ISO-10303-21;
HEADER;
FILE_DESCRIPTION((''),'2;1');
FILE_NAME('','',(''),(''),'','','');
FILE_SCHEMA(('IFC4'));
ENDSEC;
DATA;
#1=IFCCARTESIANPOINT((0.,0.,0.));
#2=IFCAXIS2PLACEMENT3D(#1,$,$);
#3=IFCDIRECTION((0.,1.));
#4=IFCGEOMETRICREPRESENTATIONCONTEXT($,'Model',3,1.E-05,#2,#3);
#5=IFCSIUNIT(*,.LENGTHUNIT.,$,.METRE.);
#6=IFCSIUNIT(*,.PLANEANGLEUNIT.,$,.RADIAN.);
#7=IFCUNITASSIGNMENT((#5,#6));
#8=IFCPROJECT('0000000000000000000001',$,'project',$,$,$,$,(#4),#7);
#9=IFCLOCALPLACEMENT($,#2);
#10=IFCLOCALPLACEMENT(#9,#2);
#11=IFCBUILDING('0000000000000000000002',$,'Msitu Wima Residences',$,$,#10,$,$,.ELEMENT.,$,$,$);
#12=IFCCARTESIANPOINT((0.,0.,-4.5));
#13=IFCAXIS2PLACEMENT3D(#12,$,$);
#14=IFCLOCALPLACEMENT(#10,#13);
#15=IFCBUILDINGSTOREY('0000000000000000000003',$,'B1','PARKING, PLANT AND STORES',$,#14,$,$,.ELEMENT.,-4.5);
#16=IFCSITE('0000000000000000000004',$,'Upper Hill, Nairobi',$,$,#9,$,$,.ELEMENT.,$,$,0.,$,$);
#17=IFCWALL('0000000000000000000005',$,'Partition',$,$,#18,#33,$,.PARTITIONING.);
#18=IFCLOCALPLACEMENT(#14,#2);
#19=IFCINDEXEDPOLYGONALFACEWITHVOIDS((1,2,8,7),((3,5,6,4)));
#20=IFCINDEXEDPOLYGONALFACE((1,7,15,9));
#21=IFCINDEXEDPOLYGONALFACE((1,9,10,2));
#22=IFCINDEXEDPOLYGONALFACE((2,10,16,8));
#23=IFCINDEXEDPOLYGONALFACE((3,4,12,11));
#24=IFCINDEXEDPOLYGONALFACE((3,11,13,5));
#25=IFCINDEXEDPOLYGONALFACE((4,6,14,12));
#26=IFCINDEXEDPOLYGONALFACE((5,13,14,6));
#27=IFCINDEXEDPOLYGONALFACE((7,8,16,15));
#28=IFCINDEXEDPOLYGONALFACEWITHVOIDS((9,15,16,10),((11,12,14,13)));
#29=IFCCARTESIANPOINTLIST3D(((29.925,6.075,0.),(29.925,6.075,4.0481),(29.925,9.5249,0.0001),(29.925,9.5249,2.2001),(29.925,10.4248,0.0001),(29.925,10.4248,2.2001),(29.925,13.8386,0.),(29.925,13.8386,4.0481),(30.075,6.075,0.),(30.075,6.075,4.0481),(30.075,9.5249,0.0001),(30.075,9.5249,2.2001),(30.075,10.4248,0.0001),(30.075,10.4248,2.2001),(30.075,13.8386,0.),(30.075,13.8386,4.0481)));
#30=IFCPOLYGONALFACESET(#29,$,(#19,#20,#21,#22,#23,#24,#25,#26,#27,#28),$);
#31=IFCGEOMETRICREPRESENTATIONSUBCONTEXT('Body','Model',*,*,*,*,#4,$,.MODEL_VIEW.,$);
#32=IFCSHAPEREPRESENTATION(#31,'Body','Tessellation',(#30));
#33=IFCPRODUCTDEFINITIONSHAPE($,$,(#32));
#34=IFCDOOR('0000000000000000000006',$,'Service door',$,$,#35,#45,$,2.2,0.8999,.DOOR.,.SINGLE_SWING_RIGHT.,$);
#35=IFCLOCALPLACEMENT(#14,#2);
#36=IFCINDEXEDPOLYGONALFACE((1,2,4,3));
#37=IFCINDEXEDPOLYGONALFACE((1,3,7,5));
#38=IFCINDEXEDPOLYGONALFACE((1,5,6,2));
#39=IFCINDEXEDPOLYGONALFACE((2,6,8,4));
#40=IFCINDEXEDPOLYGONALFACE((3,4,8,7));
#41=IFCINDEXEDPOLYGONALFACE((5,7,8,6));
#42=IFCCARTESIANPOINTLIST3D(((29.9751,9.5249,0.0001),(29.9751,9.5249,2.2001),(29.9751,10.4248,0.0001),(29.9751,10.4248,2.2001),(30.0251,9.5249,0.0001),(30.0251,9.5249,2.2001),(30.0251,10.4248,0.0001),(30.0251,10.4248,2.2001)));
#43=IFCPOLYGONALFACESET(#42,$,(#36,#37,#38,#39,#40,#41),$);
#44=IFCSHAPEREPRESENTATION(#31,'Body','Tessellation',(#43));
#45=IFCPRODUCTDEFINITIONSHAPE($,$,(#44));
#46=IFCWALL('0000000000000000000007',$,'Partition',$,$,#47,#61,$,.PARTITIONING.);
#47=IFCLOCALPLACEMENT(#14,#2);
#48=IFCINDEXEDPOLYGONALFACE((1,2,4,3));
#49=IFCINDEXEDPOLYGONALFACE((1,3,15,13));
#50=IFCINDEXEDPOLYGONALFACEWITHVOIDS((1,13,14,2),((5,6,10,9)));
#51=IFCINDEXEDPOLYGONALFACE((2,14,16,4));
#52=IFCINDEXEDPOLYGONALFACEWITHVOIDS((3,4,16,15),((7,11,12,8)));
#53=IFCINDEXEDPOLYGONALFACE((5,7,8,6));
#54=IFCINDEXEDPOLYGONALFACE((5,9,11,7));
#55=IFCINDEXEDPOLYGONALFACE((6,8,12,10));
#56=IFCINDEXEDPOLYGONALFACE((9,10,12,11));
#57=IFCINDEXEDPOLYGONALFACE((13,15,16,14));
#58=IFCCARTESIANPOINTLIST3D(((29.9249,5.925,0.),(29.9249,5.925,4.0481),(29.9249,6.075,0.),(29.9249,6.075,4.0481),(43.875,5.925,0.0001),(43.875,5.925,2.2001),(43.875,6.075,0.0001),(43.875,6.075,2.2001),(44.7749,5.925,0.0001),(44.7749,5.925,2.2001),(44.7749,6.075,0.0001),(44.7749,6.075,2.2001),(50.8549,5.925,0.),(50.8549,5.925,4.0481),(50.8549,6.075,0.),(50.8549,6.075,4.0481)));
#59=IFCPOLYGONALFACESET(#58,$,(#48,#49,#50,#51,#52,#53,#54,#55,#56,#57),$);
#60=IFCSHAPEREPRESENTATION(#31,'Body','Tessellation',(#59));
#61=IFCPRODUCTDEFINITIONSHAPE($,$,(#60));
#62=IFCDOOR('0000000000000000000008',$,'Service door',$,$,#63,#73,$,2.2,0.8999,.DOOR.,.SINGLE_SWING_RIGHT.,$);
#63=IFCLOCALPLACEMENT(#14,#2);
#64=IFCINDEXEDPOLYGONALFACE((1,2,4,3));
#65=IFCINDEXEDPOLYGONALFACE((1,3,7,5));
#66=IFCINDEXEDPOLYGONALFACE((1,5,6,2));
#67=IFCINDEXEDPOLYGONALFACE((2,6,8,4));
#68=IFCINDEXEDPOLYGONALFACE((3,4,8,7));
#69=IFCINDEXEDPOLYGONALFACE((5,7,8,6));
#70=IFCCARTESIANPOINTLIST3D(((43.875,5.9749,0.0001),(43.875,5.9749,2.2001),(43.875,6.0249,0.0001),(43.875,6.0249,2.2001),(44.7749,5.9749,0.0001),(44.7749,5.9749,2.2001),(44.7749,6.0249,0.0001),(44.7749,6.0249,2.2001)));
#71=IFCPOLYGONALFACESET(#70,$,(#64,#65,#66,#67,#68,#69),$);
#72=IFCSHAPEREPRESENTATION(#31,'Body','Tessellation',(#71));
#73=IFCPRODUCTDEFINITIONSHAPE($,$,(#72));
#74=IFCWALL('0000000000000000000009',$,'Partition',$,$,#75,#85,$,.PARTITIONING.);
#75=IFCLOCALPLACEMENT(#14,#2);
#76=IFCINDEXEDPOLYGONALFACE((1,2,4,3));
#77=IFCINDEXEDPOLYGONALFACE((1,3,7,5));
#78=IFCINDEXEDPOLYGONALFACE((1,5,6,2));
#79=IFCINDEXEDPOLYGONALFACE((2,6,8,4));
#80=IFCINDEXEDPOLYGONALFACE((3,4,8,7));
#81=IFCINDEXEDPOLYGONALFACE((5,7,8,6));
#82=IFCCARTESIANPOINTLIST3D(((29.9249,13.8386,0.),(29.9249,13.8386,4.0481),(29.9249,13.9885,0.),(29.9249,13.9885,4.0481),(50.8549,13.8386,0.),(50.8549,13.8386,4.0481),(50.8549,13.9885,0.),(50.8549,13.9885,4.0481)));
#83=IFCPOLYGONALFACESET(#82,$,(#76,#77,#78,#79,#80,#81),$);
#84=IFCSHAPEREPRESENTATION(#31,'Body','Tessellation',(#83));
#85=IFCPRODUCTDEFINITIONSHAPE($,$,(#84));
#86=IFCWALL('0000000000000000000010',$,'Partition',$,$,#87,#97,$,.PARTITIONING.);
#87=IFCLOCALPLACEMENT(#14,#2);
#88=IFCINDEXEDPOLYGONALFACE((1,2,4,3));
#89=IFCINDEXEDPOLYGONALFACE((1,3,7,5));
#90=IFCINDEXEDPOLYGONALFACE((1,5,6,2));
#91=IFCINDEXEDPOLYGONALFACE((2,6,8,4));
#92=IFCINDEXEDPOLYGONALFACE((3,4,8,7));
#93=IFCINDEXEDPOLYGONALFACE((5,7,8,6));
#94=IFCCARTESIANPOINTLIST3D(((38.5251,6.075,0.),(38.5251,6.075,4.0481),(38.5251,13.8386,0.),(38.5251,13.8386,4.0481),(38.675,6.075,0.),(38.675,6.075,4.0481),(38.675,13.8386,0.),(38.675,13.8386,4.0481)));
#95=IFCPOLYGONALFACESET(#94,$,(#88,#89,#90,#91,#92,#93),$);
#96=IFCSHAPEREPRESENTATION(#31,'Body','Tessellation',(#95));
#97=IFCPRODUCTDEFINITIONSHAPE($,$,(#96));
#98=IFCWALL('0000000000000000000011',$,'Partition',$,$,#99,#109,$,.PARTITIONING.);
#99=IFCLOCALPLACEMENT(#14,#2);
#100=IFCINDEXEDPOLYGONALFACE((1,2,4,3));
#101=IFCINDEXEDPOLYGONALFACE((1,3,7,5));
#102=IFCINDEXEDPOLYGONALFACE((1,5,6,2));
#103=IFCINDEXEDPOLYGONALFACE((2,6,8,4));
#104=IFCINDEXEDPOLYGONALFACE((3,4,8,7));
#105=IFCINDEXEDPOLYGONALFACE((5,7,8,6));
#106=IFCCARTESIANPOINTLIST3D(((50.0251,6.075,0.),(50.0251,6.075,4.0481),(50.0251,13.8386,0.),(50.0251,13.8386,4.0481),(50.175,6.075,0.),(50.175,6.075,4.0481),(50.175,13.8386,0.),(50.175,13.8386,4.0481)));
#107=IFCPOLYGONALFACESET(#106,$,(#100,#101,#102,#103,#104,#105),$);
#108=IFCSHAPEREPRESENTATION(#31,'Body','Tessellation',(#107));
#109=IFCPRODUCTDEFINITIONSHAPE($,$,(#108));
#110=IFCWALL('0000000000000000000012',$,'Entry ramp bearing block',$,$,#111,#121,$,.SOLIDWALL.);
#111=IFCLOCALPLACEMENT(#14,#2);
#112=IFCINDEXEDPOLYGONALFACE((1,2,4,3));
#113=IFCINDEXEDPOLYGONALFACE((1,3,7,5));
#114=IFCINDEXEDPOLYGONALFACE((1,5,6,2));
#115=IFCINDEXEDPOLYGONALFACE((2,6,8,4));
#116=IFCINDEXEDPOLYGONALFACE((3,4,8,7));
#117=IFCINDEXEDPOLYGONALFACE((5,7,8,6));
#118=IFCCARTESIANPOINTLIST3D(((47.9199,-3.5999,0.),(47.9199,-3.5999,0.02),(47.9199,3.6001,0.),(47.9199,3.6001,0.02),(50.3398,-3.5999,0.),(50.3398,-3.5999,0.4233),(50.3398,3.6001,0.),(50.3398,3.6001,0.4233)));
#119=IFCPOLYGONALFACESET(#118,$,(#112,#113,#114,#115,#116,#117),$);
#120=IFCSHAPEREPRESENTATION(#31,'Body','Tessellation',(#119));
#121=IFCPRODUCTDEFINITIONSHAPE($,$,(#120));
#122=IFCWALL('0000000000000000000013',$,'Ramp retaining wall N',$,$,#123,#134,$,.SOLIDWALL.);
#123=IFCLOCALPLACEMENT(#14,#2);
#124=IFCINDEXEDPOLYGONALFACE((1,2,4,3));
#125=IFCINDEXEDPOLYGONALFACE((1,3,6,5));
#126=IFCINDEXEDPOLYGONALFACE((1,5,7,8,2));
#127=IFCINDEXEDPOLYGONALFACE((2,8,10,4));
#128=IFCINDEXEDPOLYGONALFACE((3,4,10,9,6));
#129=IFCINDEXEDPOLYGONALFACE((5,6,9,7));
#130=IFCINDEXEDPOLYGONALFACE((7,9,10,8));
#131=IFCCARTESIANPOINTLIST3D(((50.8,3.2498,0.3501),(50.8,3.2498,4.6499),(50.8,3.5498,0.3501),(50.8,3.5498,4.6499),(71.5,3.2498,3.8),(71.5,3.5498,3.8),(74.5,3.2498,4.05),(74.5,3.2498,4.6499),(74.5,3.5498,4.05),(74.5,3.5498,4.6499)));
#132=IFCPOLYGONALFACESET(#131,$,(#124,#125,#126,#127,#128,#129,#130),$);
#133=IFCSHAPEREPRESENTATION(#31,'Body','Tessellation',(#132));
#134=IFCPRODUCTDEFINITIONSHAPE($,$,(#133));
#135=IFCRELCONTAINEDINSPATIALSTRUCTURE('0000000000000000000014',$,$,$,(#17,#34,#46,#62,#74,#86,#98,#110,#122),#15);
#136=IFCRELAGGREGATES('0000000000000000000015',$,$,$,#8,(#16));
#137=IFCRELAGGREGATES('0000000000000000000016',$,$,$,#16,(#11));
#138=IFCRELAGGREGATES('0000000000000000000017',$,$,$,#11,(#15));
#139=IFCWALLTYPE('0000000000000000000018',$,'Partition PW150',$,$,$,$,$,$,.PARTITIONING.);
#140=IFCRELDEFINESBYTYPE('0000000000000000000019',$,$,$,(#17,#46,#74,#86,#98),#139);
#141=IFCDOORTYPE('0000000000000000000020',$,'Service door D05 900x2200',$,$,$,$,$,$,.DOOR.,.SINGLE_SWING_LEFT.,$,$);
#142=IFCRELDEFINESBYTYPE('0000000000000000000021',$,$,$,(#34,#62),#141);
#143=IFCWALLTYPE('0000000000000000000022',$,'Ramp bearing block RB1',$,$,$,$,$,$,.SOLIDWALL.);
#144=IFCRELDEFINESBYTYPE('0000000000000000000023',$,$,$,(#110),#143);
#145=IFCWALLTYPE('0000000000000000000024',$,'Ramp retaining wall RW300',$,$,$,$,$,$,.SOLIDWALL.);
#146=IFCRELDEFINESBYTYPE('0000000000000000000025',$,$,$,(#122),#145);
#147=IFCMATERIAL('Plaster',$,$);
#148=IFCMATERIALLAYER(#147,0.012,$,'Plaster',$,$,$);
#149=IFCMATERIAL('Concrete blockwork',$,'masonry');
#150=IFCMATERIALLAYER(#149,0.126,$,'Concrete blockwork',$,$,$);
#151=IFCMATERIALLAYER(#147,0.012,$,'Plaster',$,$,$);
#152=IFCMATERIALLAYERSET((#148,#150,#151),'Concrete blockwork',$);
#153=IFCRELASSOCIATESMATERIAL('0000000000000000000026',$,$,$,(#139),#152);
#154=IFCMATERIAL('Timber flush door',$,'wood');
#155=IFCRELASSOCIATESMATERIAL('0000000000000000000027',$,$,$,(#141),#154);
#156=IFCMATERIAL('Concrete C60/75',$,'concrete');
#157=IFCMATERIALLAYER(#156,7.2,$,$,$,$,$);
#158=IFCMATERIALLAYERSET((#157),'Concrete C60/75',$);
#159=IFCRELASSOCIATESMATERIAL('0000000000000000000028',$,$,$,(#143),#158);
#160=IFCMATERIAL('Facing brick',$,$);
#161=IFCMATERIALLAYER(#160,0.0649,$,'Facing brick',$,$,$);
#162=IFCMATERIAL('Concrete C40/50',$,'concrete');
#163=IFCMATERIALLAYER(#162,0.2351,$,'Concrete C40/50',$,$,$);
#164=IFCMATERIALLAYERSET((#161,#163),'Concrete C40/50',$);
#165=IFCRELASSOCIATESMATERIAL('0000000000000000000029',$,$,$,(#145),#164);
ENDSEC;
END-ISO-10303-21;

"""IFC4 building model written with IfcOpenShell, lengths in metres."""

from ifc_helpers import new_model, si_unit, direction, frame, frame_2d, origin, place, context, subcontext, project, spatial, polyline, rectangle, outline, extrude, material, layer, layer_set, type_object, element, fill, save


model = new_model("IFC4")

# Units and contexts
model_context = context("Model", 3, precision=1e-05, world=origin(), true_north=direction((0.0, 1.0)))
body_context = subcontext(model_context, "Body", "Model", "MODEL_VIEW")
ifc_project = project(units=[si_unit("LENGTHUNIT", "METRE"), si_unit("PLANEANGLEUNIT", "RADIAN")], contexts=[model_context])

# Site, building, storey
site_placement = place(None, origin())
site = spatial("IfcSite", under=ifc_project, at=site_placement, Name="Upper Hill, Nairobi", CompositionType="ELEMENT", RefElevation=0.0)
building_placement = place(site_placement, origin())
building = spatial("IfcBuilding", under=site, at=building_placement, Name="Msitu Wima Residences", CompositionType="ELEMENT")
storey_placement = place(building_placement, frame((0.0, 0.0, -4.5)))
storey = spatial("IfcBuildingStorey", under=building, at=storey_placement, Name="B1", Description="PARKING, PLANT AND STORES", CompositionType="ELEMENT", Elevation=-4.5)

# Shared definitions
ifc_material_1 = material(Name="Concrete C40/50", Category="concrete")

# Shared definitions
ifc_material_2 = material(Name="Concrete C60/75", Category="concrete")

# Walls, openings, doors
ifc_material_3 = material(Name="Plaster")
ifc_layer_1 = layer(ifc_material_3, 0.012, Name="Plaster")
ifc_material_4 = material(Name="Concrete blockwork", Category="masonry")
ifc_layer_2 = layer(ifc_material_4, 0.126, Name="Concrete blockwork")
ifc_layer_3 = layer(ifc_material_3, 0.012, Name="Plaster")
ifc_layer_set_1 = layer_set([ifc_layer_1, ifc_layer_2, ifc_layer_3], Name="Concrete blockwork")
wall_type_1 = type_object("IfcWallType", Name="Partition PW150", PredefinedType="PARTITIONING", material=ifc_layer_set_1)
wall_1_placement = place(storey_placement, frame((30.0, 6.075, 0.0), z_axis=(0.0, 0.0, 1.0), x_axis=(0.0, 1.0, 0.0)))
wall_1 = element("IfcWall", 1, at=wall_1_placement, inside=storey, type_object=wall_type_1, Name="Partition", PredefinedType="PARTITIONING", context=body_context, shape_type="SweptSolid", body=[
    extrude(rectangle(XDim=7.7637, YDim=0.1499, at=frame_2d((3.8818, 0.0))), origin(), (0.0, 0.0, 1.0), 4.0481),
])
opening_1_placement = place(wall_1_placement, frame((3.45, 0.0, 0.0)))
opening_1 = element("IfcOpeningElement", 2, at=opening_1_placement, cuts=wall_1, PredefinedType="OPENING", context=body_context, shape_type="SweptSolid", body=[
    extrude(rectangle(XDim=0.8999, YDim=2.2, at=frame_2d((0.45, 1.1001))), frame((0.0, 0.085, 0.0), z_axis=(0.0, -1.0, 0.0), x_axis=(1.0, 0.0, 0.0)), (0.0, 0.0, 1.0), 0.1699),
])
ifc_material_5 = material(Name="Timber flush door", Category="wood")
door_type = type_object("IfcDoorType", Name="Service door D05 900x2200", OperationType="SINGLE_SWING_LEFT", PredefinedType="DOOR", material=ifc_material_5)
door_1_placement = place(opening_1_placement, origin())
door_1 = element("IfcDoor", 3, at=door_1_placement, inside=storey, type_object=door_type, Name="Service door", OperationType="SINGLE_SWING_RIGHT", OverallHeight=2.2, OverallWidth=0.8999, PredefinedType="DOOR", context=body_context, shape_type="SweptSolid", body=[
    extrude(rectangle(XDim=0.8999, YDim=2.2, at=frame_2d((0.45, 1.1001))), frame((0.0, 0.0249, 0.0), z_axis=(0.0, -1.0, 0.0), x_axis=(1.0, 0.0, 0.0)), (0.0, 0.0, 1.0), 0.05),
])
fill(opening_1, door_1)
wall_2_placement = place(storey_placement, frame((29.925, 6.0, 0.0), z_axis=(0.0, 0.0, 1.0), x_axis=(1.0, 0.0, 0.0)))
wall_2 = element("IfcWall", 4, at=wall_2_placement, inside=storey, type_object=wall_type_1, Name="Partition", PredefinedType="PARTITIONING", context=body_context, shape_type="SweptSolid", body=[
    extrude(rectangle(XDim=20.9299, YDim=0.1499, at=frame_2d((10.4648, 0.0))), origin(), (0.0, 0.0, 1.0), 4.0481),
])
opening_2_placement = place(wall_2_placement, frame((13.95, 0.0, 0.0)))
opening_2 = element("IfcOpeningElement", 5, at=opening_2_placement, cuts=wall_2, PredefinedType="OPENING", context=body_context, shape_type="SweptSolid", body=[
    extrude(rectangle(XDim=0.8999, YDim=2.2, at=frame_2d((0.45, 1.1001))), frame((0.0, 0.085, 0.0), z_axis=(0.0, -1.0, 0.0), x_axis=(1.0, 0.0, 0.0)), (0.0, 0.0, 1.0), 0.1699),
])
door_2_placement = place(opening_2_placement, origin())
door_2 = element("IfcDoor", 6, at=door_2_placement, inside=storey, type_object=door_type, Name="Service door", OperationType="SINGLE_SWING_RIGHT", OverallHeight=2.2, OverallWidth=0.8999, PredefinedType="DOOR", context=body_context, shape_type="SweptSolid", body=[
    extrude(rectangle(XDim=0.8999, YDim=2.2, at=frame_2d((0.45, 1.1001))), frame((0.0, 0.0249, 0.0), z_axis=(0.0, -1.0, 0.0), x_axis=(1.0, 0.0, 0.0)), (0.0, 0.0, 1.0), 0.05),
])
fill(opening_2, door_2)

# Walls
wall_3_placement = place(storey_placement, frame((29.925, 13.9136, 0.0), z_axis=(0.0, 0.0, 1.0), x_axis=(1.0, 0.0, 0.0)))
element("IfcWall", 7, at=wall_3_placement, inside=storey, type_object=wall_type_1, Name="Partition", PredefinedType="PARTITIONING", context=body_context, shape_type="SweptSolid", body=[
    extrude(rectangle(XDim=20.9299, YDim=0.1499, at=frame_2d((10.4648, 0.0))), origin(), (0.0, 0.0, 1.0), 4.0481),
])
for number, where, z_axis, x_axis, name in (
    (8, (38.6001, 6.075, 0.0), (0.0, 0.0, 1.0), (0.0, 1.0, 0.0), "Partition"),
    (9, (50.1001, 6.075, 0.0), (0.0, 0.0, 1.0), (0.0, 1.0, 0.0), "Partition"),
):
    element("IfcWall", number, at=place(storey_placement, frame(where, z_axis=z_axis, x_axis=x_axis)), inside=storey, type_object=wall_type_1, Name=name, PredefinedType="PARTITIONING", context=body_context, shape_type="SweptSolid", body=[
        extrude(rectangle(XDim=7.7637, YDim=0.1499, at=frame_2d((3.8818, 0.0))), origin(), (0.0, 0.0, 1.0), 4.0481),
    ])
ifc_layer_4 = layer(ifc_material_2, 7.2)
ifc_layer_set_2 = layer_set([ifc_layer_4], Name="Concrete C60/75")
wall_type_2 = type_object("IfcWallType", Name="Ramp bearing block RB1", PredefinedType="SOLIDWALL", material=ifc_layer_set_2)
wall_4_placement = place(storey_placement, frame((47.9199, 0.0, 0.0), z_axis=(0.0, 0.0, 1.0), x_axis=(1.0, 0.0, 0.0)))
element("IfcWall", 10, at=wall_4_placement, inside=storey, type_object=wall_type_2, Name="Entry ramp bearing block", PredefinedType="SOLIDWALL", context=body_context, shape_type="SweptSolid", body=[
    extrude(outline(polyline([(0.0, 0.0), (2.4199, 0.0), (2.4199, 0.4233), (0.0, 0.02), (0.0, 0.0)])), frame((0.0, 3.6001, 0.0), z_axis=(0.0, -1.0, 0.0), x_axis=(1.0, 0.0, 0.0)), (0.0, 0.0, 1.0), 7.2),
])
ifc_material_6 = material(Name="Facing brick")
ifc_layer_5 = layer(ifc_material_6, 0.0649, Name="Facing brick")
ifc_layer_6 = layer(ifc_material_1, 0.2351, Name="Concrete C40/50")
ifc_layer_set_3 = layer_set([ifc_layer_5, ifc_layer_6], Name="Concrete C40/50")
wall_type_3 = type_object("IfcWallType", Name="Ramp retaining wall RW300", PredefinedType="SOLIDWALL", material=ifc_layer_set_3)
wall_5_placement = place(storey_placement, frame((50.8, 3.3999, 0.3501), z_axis=(0.0, 0.0, 1.0), x_axis=(1.0, 0.0, 0.0)))
element("IfcWall", 11, at=wall_5_placement, inside=storey, type_object=wall_type_3, Name="Ramp retaining wall N", PredefinedType="SOLIDWALL", context=body_context, shape_type="SweptSolid", body=[
    extrude(outline(polyline([(0.0, 0.0), (20.7, 3.45), (23.7, 3.7), (23.7, 4.2998), (0.0, 4.2998), (0.0, 0.0)])), frame((0.0, 0.1499, 0.0), z_axis=(0.0, -1.0, 0.0), x_axis=(1.0, 0.0, 0.0)), (0.0, 0.0, 1.0), 0.3),
])

save(model, "model.ifc")
